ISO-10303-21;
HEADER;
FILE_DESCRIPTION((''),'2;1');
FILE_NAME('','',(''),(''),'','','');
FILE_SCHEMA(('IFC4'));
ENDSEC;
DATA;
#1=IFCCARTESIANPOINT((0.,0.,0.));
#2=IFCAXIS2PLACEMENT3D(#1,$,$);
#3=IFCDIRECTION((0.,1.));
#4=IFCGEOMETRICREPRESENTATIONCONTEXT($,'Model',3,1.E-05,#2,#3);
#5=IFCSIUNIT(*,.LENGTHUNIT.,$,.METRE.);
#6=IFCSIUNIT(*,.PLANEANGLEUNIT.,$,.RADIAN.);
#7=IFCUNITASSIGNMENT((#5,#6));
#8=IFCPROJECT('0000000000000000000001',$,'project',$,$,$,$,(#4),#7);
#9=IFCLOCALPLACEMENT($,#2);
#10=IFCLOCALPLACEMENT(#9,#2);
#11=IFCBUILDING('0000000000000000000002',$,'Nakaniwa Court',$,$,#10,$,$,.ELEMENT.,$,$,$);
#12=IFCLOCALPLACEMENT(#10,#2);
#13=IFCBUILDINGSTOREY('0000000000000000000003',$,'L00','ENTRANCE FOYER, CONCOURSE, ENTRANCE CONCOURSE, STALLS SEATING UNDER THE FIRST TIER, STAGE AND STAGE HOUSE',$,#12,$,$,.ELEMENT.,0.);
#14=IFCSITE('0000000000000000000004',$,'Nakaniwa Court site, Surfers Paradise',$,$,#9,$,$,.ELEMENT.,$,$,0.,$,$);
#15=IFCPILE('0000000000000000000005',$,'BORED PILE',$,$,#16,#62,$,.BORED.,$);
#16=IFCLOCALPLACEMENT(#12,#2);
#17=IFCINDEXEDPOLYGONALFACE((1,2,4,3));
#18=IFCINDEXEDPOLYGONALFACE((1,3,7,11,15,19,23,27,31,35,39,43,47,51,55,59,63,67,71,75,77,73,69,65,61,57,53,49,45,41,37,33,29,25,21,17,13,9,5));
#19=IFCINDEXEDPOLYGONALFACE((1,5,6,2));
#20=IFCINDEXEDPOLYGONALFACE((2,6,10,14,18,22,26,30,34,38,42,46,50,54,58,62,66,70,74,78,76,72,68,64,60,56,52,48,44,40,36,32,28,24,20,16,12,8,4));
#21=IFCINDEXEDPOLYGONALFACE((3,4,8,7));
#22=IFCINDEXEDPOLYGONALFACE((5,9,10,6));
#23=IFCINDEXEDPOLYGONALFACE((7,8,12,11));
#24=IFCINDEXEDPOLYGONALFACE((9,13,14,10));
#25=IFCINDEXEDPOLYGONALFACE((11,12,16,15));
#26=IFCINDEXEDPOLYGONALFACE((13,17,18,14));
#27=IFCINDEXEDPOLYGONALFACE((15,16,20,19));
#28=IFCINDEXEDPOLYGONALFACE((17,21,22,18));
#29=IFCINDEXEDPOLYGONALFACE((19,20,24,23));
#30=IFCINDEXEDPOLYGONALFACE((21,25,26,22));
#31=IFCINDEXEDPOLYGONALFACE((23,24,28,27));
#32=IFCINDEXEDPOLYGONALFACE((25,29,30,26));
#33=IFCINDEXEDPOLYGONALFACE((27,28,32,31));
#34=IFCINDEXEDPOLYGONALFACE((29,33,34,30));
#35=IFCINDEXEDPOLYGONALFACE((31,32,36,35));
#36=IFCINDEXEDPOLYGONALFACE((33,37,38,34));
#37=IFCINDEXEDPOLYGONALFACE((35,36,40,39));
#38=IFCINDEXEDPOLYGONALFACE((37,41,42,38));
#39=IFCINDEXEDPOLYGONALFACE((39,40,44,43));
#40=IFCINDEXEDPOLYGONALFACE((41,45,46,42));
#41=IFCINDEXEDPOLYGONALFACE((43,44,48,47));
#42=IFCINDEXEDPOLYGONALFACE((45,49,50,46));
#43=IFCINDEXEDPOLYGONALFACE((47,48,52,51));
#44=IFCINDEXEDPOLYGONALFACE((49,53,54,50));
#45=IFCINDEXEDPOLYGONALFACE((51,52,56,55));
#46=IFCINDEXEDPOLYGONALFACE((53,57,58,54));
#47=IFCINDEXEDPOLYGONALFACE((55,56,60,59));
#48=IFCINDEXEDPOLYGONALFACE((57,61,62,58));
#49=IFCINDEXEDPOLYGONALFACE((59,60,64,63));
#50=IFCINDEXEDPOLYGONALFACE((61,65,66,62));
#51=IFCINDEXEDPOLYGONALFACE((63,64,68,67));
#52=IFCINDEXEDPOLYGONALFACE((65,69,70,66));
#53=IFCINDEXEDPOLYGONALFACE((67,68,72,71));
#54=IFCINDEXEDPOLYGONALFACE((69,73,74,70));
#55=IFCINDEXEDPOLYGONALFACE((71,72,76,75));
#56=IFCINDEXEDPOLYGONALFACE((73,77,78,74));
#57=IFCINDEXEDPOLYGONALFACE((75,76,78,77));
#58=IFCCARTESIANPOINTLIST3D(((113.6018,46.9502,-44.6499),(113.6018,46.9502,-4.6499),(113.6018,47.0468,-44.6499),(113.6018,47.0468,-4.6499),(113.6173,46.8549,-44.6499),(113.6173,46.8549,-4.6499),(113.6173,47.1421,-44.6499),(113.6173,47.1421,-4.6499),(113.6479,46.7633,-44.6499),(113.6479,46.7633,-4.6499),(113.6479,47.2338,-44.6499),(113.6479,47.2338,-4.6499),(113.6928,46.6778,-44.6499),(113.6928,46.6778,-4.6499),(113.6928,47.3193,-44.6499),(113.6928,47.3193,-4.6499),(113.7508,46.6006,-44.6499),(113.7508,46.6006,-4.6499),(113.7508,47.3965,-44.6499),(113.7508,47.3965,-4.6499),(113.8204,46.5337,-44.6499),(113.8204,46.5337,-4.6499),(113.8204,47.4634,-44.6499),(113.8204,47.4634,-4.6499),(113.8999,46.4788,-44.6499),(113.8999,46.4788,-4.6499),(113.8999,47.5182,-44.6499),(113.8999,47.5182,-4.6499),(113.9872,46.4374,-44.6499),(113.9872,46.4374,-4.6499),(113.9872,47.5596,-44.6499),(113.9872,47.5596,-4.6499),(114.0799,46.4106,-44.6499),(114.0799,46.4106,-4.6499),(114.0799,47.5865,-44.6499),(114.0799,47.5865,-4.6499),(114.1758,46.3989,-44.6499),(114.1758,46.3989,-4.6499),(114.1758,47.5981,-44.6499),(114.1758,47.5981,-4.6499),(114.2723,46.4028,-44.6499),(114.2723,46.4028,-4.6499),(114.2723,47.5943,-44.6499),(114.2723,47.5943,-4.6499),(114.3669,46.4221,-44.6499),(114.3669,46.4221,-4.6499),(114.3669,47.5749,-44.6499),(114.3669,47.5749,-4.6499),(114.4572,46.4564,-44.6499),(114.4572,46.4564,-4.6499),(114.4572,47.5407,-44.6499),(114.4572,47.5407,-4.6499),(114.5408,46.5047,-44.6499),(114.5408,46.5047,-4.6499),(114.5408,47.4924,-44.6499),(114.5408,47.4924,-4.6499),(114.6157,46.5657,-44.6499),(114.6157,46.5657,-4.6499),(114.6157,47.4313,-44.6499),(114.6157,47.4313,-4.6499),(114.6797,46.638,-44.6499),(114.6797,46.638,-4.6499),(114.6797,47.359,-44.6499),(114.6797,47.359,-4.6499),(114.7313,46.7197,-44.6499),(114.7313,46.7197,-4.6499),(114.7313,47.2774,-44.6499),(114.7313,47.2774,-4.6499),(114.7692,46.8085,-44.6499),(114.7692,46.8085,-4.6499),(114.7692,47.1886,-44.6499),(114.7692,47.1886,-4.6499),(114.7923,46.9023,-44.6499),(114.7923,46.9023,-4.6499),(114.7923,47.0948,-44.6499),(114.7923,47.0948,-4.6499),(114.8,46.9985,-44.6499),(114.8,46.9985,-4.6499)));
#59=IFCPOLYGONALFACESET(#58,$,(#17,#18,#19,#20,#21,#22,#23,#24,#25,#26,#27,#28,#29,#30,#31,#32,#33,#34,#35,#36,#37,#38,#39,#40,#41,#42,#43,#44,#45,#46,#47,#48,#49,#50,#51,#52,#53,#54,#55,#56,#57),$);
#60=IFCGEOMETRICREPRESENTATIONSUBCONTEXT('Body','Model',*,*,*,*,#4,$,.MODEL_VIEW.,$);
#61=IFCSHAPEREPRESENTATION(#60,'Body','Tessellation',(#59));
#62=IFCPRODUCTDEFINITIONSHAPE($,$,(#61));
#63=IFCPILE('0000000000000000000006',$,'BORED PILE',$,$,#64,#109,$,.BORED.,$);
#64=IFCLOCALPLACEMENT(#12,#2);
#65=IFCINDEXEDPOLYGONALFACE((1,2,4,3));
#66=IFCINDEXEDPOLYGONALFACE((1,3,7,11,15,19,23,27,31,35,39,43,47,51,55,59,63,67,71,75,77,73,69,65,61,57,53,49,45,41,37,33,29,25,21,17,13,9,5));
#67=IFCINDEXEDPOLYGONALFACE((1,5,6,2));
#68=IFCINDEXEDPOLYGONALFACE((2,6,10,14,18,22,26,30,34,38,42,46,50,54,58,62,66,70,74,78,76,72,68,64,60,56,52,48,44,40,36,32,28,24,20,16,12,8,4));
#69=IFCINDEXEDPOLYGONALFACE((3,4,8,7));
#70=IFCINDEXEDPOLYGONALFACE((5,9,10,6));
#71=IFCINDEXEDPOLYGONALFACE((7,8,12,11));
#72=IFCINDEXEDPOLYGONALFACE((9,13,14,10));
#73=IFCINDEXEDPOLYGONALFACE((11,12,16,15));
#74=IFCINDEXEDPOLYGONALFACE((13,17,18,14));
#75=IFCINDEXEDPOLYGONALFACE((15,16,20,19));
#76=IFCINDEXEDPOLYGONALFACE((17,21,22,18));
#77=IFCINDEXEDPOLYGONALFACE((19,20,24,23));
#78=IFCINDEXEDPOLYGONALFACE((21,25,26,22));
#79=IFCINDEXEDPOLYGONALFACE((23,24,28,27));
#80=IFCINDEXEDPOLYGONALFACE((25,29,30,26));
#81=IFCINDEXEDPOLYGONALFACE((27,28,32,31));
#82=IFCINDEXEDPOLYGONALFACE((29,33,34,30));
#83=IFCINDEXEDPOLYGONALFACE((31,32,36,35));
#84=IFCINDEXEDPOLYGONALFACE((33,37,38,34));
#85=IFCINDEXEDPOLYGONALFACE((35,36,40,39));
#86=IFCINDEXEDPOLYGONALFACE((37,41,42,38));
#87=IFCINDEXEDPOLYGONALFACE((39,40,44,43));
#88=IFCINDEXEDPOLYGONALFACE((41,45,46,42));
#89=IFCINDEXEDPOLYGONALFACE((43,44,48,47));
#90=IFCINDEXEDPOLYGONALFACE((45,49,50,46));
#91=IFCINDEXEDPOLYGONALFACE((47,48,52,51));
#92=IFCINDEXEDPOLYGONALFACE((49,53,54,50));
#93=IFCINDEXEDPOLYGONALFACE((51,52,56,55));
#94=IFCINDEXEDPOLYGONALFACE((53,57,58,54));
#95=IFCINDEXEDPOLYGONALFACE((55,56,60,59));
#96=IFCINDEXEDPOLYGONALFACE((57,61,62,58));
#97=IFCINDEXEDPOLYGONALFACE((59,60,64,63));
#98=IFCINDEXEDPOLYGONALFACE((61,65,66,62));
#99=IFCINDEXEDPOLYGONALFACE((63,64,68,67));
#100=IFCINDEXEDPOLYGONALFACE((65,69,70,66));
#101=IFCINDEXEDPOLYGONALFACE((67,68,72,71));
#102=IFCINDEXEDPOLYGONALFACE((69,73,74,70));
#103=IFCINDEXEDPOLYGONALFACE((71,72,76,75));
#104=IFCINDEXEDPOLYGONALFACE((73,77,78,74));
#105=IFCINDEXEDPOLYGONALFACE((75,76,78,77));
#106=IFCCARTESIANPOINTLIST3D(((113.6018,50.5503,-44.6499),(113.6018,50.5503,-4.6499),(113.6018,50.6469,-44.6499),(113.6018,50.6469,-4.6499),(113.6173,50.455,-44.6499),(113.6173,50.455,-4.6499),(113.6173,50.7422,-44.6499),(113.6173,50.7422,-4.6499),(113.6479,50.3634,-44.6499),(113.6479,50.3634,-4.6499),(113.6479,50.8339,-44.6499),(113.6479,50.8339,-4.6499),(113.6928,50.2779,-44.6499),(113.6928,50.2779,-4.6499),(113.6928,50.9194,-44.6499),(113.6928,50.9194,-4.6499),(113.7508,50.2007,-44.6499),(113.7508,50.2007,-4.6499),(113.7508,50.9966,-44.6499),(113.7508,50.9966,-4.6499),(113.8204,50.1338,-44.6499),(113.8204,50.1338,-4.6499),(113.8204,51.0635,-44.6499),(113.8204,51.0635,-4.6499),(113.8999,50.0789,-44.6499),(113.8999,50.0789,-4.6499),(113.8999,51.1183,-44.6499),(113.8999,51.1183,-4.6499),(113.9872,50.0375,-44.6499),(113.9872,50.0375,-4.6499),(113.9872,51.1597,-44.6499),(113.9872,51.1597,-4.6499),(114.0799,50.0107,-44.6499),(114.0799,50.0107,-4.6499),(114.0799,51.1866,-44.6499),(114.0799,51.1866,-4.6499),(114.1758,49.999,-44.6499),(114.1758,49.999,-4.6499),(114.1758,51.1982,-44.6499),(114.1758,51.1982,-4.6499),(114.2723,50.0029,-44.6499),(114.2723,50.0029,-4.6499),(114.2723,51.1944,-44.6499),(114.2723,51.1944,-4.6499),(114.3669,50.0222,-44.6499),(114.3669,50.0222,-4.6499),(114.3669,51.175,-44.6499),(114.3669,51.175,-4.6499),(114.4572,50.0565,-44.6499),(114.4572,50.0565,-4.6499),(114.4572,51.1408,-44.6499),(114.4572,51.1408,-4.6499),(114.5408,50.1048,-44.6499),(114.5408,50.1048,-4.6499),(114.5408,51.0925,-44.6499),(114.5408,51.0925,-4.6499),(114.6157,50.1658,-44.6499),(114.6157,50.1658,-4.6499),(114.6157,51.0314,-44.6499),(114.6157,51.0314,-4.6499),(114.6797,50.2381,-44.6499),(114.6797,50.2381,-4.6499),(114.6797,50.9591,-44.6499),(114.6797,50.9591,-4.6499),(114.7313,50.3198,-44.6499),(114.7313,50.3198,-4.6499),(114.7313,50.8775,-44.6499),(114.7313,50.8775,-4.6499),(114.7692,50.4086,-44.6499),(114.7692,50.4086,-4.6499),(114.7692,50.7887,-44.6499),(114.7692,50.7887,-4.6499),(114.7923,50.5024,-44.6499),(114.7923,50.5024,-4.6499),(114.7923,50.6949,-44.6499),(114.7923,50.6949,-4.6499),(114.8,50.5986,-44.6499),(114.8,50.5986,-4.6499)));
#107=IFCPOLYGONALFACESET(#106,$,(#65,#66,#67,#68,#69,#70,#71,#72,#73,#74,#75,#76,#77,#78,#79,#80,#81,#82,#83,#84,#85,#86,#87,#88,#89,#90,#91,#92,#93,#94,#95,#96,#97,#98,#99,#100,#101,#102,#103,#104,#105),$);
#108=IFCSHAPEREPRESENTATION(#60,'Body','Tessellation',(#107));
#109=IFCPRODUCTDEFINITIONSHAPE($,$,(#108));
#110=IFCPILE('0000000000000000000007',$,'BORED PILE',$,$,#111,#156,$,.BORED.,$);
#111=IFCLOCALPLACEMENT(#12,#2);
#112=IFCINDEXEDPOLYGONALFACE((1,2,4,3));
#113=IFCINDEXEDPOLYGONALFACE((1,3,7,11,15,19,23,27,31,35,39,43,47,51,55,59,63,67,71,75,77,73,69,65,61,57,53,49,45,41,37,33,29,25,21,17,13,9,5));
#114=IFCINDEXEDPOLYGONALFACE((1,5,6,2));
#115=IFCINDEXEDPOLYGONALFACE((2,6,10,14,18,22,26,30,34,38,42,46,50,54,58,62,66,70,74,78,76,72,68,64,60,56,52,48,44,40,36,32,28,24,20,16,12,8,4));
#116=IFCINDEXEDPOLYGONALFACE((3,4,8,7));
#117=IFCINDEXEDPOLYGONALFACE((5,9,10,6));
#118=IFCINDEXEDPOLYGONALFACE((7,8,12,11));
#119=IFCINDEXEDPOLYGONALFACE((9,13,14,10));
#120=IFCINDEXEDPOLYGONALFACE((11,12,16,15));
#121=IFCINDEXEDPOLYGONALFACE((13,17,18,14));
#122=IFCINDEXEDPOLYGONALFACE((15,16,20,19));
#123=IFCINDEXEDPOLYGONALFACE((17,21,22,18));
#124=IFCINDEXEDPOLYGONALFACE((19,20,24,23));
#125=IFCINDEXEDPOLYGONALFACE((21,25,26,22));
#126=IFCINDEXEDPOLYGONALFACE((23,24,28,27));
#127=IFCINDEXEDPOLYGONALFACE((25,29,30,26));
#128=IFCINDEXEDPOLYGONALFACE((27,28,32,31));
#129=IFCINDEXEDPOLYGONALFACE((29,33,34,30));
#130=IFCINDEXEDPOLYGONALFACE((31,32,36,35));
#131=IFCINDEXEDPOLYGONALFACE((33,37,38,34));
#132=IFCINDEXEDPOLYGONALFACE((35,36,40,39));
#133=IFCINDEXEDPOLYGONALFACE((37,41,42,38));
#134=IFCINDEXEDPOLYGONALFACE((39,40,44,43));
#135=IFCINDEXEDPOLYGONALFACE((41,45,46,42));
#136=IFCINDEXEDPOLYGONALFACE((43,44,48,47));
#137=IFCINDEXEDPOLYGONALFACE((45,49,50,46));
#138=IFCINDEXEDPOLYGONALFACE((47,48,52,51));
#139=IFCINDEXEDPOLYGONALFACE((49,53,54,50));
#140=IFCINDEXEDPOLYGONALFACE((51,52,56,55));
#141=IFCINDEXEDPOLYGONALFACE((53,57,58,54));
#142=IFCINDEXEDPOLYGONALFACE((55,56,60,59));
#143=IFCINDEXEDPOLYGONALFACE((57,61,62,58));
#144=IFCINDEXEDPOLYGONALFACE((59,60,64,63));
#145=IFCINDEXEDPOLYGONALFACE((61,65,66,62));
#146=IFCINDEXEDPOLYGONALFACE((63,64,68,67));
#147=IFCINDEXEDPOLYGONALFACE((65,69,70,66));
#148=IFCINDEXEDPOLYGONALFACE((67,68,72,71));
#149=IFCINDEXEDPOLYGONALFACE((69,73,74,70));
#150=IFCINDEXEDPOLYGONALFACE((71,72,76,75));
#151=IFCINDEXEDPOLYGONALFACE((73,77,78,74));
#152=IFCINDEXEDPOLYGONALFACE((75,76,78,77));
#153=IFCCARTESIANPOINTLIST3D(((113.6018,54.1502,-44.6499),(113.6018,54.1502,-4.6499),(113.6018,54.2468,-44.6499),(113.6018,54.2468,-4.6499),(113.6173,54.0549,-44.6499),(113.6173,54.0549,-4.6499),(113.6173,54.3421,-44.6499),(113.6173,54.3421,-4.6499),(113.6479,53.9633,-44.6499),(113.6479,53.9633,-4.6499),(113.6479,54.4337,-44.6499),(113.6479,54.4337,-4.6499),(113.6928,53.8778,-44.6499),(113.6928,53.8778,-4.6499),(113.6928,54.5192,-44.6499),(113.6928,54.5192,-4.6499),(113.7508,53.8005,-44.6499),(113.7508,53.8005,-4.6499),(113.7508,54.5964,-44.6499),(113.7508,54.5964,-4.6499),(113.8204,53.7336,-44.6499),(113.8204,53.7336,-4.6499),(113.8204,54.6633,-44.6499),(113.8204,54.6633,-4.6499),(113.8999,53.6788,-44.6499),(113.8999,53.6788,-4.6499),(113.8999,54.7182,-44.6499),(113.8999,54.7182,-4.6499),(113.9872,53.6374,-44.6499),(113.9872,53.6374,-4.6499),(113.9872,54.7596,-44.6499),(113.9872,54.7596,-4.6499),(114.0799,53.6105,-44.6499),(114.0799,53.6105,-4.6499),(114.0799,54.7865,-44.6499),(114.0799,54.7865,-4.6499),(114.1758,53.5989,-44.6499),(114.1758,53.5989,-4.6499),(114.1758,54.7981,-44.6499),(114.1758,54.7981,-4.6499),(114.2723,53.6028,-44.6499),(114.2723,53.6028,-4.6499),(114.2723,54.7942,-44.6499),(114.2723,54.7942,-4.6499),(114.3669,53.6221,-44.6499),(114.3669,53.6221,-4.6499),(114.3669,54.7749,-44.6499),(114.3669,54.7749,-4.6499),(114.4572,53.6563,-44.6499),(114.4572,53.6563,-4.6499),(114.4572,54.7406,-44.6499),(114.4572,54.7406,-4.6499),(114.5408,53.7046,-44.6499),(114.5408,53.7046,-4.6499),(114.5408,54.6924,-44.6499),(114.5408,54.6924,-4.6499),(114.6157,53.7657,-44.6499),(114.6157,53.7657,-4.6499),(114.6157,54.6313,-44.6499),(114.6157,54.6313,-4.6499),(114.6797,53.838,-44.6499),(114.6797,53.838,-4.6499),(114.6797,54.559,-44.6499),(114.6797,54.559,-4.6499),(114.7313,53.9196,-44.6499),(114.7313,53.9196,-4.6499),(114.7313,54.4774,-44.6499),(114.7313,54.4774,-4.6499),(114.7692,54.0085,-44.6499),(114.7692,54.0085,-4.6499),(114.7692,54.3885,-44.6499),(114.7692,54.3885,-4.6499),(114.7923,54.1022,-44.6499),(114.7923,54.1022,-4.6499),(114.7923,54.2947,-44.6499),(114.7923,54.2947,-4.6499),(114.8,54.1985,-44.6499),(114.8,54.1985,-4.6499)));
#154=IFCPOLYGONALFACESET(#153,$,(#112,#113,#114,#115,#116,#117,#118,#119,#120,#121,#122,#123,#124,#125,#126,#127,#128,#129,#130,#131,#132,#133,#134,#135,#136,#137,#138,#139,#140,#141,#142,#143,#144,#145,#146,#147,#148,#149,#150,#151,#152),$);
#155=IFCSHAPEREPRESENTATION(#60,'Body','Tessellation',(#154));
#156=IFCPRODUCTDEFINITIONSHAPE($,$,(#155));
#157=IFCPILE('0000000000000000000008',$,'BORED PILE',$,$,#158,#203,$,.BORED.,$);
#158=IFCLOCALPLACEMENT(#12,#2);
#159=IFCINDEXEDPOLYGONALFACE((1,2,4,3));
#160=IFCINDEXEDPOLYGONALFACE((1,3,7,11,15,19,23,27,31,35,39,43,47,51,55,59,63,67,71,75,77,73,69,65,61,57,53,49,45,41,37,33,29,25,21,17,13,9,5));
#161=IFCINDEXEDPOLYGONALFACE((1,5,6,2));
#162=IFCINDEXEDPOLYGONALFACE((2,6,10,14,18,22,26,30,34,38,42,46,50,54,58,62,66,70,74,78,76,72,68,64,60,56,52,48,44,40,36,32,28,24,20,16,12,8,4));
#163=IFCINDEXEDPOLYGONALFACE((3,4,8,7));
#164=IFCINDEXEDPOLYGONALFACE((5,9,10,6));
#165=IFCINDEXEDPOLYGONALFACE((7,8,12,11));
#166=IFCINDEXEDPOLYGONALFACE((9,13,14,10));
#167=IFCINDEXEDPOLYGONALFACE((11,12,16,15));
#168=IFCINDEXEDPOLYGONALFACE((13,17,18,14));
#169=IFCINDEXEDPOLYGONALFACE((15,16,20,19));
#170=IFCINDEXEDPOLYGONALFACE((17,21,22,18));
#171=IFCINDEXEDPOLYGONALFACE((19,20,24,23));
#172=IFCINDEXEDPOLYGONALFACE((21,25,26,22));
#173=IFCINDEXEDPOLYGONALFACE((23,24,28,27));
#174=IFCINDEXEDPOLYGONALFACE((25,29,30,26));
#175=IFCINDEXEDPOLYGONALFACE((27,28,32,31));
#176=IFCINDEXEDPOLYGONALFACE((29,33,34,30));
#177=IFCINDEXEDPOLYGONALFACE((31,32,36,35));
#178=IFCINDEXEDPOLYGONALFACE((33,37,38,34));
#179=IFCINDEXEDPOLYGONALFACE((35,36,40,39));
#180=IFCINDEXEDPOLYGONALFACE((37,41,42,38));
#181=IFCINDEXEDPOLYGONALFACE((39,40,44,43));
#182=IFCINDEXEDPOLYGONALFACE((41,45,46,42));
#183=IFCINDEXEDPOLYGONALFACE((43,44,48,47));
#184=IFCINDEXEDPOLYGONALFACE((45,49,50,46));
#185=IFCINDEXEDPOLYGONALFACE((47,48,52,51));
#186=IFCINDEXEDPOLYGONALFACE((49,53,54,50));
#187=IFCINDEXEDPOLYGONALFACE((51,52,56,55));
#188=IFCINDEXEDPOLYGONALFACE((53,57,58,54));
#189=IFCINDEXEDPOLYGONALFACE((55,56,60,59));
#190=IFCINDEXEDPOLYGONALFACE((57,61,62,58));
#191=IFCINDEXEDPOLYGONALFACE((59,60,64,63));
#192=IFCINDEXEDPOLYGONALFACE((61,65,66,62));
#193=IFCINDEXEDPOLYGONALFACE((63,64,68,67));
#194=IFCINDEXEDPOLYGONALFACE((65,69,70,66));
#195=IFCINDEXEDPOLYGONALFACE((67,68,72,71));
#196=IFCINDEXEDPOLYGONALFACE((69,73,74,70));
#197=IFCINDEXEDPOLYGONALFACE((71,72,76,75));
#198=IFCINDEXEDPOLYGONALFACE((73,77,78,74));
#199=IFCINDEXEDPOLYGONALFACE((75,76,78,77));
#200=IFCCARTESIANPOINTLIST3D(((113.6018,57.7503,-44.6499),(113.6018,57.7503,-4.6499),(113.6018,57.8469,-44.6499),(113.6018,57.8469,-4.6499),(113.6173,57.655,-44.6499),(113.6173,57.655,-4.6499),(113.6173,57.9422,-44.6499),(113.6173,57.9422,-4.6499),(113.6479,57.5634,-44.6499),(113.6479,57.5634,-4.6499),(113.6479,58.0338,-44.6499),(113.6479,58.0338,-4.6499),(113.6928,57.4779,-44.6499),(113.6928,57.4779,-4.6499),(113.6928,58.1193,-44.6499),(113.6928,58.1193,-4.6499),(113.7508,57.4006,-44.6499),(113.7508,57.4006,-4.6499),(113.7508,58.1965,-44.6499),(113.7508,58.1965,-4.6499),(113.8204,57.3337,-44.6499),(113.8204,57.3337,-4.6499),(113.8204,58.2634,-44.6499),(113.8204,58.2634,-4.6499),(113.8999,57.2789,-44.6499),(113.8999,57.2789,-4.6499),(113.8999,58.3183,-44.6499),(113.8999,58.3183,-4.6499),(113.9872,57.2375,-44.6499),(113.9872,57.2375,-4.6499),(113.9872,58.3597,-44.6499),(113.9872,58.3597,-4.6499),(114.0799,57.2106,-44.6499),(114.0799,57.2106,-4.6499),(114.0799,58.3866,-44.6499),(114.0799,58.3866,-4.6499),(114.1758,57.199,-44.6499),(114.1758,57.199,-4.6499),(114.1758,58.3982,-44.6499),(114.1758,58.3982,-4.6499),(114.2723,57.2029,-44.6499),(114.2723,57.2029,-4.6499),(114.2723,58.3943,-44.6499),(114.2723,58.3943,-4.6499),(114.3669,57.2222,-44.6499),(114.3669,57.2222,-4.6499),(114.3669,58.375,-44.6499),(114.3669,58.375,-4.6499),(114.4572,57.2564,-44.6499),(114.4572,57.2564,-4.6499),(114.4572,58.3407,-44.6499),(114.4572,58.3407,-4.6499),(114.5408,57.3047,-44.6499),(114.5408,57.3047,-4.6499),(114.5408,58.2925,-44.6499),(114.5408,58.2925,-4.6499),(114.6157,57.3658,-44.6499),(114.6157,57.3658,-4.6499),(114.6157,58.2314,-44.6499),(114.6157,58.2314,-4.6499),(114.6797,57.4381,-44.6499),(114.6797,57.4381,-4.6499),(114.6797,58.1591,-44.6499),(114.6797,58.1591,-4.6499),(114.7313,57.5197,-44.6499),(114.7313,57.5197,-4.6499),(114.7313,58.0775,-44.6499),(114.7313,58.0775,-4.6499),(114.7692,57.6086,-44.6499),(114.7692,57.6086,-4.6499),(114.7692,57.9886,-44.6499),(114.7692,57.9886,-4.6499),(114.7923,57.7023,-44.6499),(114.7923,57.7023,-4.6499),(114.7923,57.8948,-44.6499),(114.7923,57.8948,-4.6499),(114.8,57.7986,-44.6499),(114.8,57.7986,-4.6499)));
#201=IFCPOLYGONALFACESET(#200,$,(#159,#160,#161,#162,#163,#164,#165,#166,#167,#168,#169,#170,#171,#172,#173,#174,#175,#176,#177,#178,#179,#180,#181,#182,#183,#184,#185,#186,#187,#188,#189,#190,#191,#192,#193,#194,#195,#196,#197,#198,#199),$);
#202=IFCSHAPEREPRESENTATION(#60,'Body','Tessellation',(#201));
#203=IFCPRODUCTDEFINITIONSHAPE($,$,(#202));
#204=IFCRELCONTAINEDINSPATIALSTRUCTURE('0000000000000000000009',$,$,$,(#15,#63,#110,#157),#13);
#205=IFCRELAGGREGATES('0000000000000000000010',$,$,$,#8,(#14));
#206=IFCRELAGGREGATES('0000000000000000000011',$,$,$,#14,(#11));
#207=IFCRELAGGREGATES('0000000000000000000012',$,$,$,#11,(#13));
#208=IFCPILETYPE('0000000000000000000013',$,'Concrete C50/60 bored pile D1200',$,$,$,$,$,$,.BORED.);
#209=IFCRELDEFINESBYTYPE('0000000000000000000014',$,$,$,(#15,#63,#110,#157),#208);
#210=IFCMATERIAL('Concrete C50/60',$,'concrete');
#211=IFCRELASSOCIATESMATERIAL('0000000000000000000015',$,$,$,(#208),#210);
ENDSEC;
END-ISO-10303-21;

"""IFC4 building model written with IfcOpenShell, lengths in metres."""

from ifc_helpers import new_model, si_unit, direction, frame, origin, origin_2d, place, context, subcontext, project, spatial, circle, extrude, material, material_profile, profile_set, type_object, element, save


model = new_model("IFC4")

# Units and contexts
model_context = context("Model", 3, precision=1e-05, world=origin(), true_north=direction((0.0, 1.0)))
body_context = subcontext(model_context, "Body", "Model", "MODEL_VIEW")
ifc_project = project(units=[si_unit("LENGTHUNIT", "METRE"), si_unit("PLANEANGLEUNIT", "RADIAN")], contexts=[model_context])

# Site, building, storey
site_placement = place(None, origin())
site = spatial("IfcSite", under=ifc_project, at=site_placement, Name="Nakaniwa Court site, Surfers Paradise", CompositionType="ELEMENT", RefElevation=0.0)
building_placement = place(site_placement, origin())
building = spatial("IfcBuilding", under=site, at=building_placement, Name="Nakaniwa Court", CompositionType="ELEMENT")
storey_placement = place(building_placement, origin())
storey = spatial("IfcBuildingStorey", under=building, at=storey_placement, Name="L00", Description="ENTRANCE FOYER, CONCOURSE, ENTRANCE CONCOURSE, STALLS SEATING UNDER THE FIRST TIER, STAGE AND STAGE HOUSE", CompositionType="ELEMENT", Elevation=0.0)

# Piles
ifc_material_1 = material(Name="Concrete C50/60", Category="concrete")
ifc_material_profile_1 = material_profile(ifc_material_1, circle(Radius=0.6001, at=origin_2d()), Name="Concrete C50/60 bored pile D1200")
ifc_profile_set_1 = profile_set([ifc_material_profile_1], Name="Concrete C50/60")
pile_type = type_object("IfcPileType", Name="Concrete C50/60 bored pile D1200", PredefinedType="BORED", material=ifc_profile_set_1)
for number, where, z_axis, x_axis, name in (
    (1, (114.2, 46.9985, -4.6499), (0.0, 0.0, -1.0), (1.0, 0.0, 0.0), "BORED PILE"),
    (2, (114.2, 50.5986, -4.6499), (0.0, 0.0, -1.0), (1.0, 0.0, 0.0), "BORED PILE"),
    (3, (114.2, 54.1985, -4.6499), (0.0, 0.0, -1.0), (1.0, 0.0, 0.0), "BORED PILE"),
    (4, (114.2, 57.7986, -4.6499), (0.0, 0.0, -1.0), (1.0, 0.0, 0.0), "BORED PILE"),
):
    element("IfcPile", number, at=place(storey_placement, frame(where, z_axis=z_axis, x_axis=x_axis)), inside=storey, type_object=pile_type, Name=name, PredefinedType="BORED", context=body_context, shape_type="SweptSolid", body=[
        extrude(circle(Radius=0.6001, at=origin_2d()), origin(), (0.0, 0.0, 1.0), 40.0),
    ])

save(model, "model.ifc")
